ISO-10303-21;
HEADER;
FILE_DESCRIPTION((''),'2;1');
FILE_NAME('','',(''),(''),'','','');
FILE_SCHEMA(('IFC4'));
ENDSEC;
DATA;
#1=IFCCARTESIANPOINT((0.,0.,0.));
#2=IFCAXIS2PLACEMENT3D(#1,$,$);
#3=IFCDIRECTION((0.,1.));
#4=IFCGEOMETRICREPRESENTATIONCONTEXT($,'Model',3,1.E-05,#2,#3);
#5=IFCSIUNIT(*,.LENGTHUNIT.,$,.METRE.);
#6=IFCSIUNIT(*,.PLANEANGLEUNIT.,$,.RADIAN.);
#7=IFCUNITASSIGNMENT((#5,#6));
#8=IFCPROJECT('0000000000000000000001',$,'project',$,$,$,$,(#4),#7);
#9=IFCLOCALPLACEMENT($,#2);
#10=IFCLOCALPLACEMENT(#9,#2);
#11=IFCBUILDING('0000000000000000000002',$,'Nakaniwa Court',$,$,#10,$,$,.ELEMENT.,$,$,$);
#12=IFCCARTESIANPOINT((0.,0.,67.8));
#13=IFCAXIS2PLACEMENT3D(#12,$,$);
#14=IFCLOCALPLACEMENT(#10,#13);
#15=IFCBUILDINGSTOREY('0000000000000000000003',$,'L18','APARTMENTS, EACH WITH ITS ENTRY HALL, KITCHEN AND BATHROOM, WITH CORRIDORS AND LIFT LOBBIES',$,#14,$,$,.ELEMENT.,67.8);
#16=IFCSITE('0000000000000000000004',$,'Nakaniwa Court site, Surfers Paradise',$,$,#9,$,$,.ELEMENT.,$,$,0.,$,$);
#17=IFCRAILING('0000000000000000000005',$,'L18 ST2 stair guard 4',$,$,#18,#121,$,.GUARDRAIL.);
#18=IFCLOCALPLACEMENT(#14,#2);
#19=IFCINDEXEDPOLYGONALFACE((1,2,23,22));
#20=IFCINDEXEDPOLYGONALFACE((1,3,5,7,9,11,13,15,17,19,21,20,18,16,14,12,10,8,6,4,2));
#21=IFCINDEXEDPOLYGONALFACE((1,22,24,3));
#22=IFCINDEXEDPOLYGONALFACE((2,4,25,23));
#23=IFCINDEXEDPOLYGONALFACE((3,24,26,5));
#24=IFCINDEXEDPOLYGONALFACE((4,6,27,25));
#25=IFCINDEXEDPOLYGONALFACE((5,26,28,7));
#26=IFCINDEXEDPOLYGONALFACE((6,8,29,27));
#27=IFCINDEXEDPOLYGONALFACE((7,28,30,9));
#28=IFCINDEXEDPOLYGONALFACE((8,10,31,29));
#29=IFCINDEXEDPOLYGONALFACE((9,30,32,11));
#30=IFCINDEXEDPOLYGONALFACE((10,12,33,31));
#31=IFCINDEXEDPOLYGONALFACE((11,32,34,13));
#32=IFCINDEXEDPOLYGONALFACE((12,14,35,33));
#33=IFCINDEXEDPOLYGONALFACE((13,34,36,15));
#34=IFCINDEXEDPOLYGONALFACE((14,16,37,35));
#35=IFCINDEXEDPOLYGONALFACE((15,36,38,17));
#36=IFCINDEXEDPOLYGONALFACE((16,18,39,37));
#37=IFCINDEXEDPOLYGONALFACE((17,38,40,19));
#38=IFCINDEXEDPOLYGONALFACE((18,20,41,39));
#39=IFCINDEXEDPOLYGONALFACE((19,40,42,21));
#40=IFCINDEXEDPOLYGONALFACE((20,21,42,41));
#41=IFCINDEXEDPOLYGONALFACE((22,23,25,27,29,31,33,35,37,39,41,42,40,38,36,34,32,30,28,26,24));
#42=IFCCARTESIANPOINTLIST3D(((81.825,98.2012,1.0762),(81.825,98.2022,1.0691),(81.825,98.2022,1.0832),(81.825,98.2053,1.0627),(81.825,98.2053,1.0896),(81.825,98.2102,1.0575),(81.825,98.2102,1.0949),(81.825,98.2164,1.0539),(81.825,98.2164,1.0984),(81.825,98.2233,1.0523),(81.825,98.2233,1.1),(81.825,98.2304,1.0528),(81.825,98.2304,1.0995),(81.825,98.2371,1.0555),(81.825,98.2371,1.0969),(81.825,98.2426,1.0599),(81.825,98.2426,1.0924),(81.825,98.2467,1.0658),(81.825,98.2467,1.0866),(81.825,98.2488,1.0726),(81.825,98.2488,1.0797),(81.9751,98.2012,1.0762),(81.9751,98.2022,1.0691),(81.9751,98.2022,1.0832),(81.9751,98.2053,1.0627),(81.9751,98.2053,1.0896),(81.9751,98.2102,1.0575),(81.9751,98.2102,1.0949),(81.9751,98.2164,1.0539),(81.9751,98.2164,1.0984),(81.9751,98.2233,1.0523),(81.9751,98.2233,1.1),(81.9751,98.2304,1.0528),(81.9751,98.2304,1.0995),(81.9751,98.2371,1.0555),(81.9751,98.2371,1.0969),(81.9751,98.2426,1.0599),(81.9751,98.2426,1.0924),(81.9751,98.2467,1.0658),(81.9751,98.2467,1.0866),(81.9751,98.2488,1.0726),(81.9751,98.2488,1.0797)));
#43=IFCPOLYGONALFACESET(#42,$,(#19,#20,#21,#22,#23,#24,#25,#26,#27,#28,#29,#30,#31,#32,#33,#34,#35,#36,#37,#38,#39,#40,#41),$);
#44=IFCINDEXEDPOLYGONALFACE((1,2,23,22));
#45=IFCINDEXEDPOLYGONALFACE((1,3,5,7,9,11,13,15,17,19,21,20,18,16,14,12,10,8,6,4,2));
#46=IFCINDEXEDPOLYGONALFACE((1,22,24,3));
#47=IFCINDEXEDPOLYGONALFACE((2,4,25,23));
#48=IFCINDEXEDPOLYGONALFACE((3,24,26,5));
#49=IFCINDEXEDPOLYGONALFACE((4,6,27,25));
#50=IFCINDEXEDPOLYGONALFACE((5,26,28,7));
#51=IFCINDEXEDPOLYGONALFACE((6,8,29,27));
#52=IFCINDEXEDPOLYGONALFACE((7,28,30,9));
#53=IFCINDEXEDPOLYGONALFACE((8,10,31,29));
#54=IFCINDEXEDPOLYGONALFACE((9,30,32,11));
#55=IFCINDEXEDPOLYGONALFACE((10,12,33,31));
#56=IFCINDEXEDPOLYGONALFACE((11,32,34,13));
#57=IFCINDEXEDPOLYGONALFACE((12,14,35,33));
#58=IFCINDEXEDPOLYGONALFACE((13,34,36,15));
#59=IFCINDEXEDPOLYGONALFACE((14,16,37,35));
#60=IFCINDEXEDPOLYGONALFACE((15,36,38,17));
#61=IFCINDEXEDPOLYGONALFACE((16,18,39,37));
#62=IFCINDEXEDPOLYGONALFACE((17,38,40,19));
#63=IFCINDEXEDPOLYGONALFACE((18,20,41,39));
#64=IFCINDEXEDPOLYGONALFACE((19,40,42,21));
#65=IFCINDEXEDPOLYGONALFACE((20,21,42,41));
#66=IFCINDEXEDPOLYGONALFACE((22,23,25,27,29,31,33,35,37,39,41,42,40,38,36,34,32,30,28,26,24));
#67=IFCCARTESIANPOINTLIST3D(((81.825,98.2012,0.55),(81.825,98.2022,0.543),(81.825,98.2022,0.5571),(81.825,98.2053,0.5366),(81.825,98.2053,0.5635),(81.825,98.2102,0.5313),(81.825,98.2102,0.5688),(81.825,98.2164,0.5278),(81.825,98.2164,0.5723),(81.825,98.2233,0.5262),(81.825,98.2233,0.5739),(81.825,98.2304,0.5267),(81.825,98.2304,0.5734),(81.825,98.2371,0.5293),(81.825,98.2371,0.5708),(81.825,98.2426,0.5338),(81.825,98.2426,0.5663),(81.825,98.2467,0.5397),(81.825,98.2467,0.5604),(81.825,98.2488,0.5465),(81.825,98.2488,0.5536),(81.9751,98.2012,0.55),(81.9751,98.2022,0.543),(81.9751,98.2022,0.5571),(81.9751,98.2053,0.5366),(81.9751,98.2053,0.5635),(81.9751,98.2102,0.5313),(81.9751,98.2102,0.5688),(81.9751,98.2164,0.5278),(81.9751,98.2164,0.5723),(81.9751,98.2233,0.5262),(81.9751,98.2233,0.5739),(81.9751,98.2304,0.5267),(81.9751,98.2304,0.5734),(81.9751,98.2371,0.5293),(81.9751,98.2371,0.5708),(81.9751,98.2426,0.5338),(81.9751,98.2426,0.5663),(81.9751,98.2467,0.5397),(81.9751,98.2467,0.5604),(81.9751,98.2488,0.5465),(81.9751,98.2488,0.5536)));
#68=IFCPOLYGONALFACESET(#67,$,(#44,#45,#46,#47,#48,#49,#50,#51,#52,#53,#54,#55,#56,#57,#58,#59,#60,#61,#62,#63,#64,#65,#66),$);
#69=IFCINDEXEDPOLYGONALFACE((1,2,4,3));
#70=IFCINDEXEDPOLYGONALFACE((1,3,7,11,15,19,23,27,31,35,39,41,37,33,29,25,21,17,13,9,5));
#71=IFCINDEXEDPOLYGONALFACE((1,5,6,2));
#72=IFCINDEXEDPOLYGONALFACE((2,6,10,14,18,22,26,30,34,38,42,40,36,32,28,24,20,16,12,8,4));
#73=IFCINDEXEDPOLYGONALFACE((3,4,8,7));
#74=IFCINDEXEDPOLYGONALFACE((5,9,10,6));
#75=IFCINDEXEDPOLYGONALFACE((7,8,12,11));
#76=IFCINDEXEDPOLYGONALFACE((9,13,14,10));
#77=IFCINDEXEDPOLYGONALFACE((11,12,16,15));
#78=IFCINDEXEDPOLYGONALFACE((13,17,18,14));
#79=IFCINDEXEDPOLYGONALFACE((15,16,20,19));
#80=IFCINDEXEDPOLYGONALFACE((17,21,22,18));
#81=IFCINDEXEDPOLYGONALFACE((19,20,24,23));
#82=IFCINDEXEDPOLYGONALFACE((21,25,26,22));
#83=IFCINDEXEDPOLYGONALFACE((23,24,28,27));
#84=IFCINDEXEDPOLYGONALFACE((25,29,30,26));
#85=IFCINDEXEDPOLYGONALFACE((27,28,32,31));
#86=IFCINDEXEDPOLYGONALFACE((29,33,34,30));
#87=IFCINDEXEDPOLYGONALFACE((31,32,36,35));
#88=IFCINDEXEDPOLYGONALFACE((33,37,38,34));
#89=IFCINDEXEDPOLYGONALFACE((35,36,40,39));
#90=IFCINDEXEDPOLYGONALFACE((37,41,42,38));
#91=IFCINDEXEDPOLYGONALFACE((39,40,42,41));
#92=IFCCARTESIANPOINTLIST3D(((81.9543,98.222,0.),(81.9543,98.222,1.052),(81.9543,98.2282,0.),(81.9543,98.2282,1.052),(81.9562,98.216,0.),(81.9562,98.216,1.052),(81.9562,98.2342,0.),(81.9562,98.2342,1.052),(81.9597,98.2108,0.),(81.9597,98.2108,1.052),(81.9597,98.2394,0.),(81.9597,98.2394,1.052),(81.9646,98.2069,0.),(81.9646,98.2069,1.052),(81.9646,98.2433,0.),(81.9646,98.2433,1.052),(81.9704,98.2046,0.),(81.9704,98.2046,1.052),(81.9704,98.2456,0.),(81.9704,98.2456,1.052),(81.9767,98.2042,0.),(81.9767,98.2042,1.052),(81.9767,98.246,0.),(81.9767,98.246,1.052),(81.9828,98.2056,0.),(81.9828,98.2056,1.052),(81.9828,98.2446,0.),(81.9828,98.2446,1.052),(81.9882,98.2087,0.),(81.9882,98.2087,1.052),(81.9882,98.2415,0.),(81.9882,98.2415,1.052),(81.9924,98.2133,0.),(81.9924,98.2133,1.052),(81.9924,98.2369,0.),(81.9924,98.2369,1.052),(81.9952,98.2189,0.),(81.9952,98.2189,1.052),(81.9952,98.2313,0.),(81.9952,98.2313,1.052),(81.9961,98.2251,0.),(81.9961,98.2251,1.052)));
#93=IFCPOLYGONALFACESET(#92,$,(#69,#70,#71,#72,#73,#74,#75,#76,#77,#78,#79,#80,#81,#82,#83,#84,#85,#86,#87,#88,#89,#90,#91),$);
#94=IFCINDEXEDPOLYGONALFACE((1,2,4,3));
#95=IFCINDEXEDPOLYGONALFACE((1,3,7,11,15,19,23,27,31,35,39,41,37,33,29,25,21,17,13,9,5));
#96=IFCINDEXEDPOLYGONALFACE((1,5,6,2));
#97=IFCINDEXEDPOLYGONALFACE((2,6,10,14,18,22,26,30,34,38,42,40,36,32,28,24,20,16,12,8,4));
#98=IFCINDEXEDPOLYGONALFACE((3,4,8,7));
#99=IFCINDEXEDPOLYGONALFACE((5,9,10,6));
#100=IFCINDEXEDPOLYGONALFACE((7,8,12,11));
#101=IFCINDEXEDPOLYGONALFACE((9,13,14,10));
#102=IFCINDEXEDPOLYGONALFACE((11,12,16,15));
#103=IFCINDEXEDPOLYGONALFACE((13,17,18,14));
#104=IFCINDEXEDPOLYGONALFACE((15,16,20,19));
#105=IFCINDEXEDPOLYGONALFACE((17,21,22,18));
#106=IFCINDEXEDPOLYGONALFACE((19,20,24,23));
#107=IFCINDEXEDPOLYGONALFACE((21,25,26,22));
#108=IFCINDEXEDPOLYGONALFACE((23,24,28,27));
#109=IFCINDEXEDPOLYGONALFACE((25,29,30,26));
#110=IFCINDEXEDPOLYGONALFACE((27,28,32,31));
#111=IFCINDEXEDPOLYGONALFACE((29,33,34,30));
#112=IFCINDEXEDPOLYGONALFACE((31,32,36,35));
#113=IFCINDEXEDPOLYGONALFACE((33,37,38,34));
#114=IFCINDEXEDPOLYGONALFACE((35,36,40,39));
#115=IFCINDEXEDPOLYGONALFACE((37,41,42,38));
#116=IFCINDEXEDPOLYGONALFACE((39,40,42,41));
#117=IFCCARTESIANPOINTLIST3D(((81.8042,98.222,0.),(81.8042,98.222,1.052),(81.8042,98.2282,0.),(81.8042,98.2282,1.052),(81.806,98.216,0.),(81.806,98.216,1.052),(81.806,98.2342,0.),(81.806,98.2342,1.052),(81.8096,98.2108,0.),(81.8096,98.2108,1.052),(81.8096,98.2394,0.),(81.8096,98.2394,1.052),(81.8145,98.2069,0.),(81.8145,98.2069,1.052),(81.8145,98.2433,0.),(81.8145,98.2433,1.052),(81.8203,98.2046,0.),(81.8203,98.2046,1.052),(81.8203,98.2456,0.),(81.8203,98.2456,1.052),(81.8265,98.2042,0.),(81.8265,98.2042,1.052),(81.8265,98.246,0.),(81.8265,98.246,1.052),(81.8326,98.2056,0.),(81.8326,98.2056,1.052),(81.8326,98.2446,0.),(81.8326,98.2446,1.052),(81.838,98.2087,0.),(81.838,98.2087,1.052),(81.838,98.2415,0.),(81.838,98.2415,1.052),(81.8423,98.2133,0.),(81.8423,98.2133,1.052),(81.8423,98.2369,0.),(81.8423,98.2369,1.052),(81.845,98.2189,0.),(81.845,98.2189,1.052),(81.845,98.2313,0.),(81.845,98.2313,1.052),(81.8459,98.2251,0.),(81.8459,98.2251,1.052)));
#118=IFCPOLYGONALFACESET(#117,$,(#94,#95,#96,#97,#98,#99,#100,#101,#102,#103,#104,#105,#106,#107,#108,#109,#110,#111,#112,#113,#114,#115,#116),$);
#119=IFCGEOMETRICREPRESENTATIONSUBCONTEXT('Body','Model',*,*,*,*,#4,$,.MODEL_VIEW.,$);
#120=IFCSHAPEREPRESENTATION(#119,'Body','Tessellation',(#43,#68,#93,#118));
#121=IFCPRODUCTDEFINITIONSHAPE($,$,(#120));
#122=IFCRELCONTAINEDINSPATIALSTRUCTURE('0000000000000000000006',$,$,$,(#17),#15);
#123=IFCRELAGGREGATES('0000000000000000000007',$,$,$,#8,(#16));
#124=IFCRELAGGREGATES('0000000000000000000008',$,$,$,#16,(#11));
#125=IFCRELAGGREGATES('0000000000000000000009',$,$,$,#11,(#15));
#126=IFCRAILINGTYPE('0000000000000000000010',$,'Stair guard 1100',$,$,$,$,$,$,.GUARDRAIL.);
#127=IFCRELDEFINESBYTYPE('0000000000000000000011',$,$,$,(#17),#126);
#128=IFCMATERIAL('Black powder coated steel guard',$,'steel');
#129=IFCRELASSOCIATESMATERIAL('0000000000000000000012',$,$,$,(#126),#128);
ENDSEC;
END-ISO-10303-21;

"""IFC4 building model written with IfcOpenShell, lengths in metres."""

from ifc_helpers import new_model, si_unit, direction, frame, origin, origin_2d, place, context, subcontext, project, spatial, circle, extrude, material, type_object, element, save


model = new_model("IFC4")

# Units and contexts
model_context = context("Model", 3, precision=1e-05, world=origin(), true_north=direction((0.0, 1.0)))
body_context = subcontext(model_context, "Body", "Model", "MODEL_VIEW")
ifc_project = project(units=[si_unit("LENGTHUNIT", "METRE"), si_unit("PLANEANGLEUNIT", "RADIAN")], contexts=[model_context])

# Site, building, storey
site_placement = place(None, origin())
site = spatial("IfcSite", under=ifc_project, at=site_placement, Name="Nakaniwa Court site, Surfers Paradise", CompositionType="ELEMENT", RefElevation=0.0)
building_placement = place(site_placement, origin())
building = spatial("IfcBuilding", under=site, at=building_placement, Name="Nakaniwa Court", CompositionType="ELEMENT")
storey_placement = place(building_placement, frame((0.0, 0.0, 67.8)))
storey = spatial("IfcBuildingStorey", under=building, at=storey_placement, Name="L18", Description="APARTMENTS, EACH WITH ITS ENTRY HALL, KITCHEN AND BATHROOM, WITH CORRIDORS AND LIFT LOBBIES", CompositionType="ELEMENT", Elevation=67.8)

# Railing
ifc_material_1 = material(Name="Black powder coated steel guard", Category="steel")
railing_type_1 = type_object("IfcRailingType", Name="Stair guard 1100", PredefinedType="GUARDRAIL", material=ifc_material_1)
railing_1_placement = place(storey_placement, frame((81.9751, 98.2251, 0.0)))
element("IfcRailing", 1, at=railing_1_placement, inside=storey, type_object=railing_type_1, Name="L18 ST2 stair guard 4", PredefinedType="GUARDRAIL", context=body_context, shape_type="SweptSolid", body=[
    extrude(circle(Radius=0.0239, at=origin_2d()), frame((0.0, 0.0, 1.0762), z_axis=(-1.0, 0.0, 0.0), x_axis=(0.0, -1.0, 0.0)), (0.0, 0.0, 1.0), 0.1501),
    extrude(circle(Radius=0.0239, at=origin_2d()), frame((0.0, 0.0, 0.55), z_axis=(-1.0, 0.0, 0.0), x_axis=(0.0, -1.0, 0.0)), (0.0, 0.0, 1.0), 0.1501),
    extrude(circle(Radius=0.021, at=origin_2d()), origin(), (0.0, 0.0, 1.0), 1.052),
    extrude(circle(Radius=0.021, at=origin_2d()), frame((-0.1501, 0.0, 0.0)), (0.0, 0.0, 1.0), 1.052),
])

save(model, "model.ifc")
